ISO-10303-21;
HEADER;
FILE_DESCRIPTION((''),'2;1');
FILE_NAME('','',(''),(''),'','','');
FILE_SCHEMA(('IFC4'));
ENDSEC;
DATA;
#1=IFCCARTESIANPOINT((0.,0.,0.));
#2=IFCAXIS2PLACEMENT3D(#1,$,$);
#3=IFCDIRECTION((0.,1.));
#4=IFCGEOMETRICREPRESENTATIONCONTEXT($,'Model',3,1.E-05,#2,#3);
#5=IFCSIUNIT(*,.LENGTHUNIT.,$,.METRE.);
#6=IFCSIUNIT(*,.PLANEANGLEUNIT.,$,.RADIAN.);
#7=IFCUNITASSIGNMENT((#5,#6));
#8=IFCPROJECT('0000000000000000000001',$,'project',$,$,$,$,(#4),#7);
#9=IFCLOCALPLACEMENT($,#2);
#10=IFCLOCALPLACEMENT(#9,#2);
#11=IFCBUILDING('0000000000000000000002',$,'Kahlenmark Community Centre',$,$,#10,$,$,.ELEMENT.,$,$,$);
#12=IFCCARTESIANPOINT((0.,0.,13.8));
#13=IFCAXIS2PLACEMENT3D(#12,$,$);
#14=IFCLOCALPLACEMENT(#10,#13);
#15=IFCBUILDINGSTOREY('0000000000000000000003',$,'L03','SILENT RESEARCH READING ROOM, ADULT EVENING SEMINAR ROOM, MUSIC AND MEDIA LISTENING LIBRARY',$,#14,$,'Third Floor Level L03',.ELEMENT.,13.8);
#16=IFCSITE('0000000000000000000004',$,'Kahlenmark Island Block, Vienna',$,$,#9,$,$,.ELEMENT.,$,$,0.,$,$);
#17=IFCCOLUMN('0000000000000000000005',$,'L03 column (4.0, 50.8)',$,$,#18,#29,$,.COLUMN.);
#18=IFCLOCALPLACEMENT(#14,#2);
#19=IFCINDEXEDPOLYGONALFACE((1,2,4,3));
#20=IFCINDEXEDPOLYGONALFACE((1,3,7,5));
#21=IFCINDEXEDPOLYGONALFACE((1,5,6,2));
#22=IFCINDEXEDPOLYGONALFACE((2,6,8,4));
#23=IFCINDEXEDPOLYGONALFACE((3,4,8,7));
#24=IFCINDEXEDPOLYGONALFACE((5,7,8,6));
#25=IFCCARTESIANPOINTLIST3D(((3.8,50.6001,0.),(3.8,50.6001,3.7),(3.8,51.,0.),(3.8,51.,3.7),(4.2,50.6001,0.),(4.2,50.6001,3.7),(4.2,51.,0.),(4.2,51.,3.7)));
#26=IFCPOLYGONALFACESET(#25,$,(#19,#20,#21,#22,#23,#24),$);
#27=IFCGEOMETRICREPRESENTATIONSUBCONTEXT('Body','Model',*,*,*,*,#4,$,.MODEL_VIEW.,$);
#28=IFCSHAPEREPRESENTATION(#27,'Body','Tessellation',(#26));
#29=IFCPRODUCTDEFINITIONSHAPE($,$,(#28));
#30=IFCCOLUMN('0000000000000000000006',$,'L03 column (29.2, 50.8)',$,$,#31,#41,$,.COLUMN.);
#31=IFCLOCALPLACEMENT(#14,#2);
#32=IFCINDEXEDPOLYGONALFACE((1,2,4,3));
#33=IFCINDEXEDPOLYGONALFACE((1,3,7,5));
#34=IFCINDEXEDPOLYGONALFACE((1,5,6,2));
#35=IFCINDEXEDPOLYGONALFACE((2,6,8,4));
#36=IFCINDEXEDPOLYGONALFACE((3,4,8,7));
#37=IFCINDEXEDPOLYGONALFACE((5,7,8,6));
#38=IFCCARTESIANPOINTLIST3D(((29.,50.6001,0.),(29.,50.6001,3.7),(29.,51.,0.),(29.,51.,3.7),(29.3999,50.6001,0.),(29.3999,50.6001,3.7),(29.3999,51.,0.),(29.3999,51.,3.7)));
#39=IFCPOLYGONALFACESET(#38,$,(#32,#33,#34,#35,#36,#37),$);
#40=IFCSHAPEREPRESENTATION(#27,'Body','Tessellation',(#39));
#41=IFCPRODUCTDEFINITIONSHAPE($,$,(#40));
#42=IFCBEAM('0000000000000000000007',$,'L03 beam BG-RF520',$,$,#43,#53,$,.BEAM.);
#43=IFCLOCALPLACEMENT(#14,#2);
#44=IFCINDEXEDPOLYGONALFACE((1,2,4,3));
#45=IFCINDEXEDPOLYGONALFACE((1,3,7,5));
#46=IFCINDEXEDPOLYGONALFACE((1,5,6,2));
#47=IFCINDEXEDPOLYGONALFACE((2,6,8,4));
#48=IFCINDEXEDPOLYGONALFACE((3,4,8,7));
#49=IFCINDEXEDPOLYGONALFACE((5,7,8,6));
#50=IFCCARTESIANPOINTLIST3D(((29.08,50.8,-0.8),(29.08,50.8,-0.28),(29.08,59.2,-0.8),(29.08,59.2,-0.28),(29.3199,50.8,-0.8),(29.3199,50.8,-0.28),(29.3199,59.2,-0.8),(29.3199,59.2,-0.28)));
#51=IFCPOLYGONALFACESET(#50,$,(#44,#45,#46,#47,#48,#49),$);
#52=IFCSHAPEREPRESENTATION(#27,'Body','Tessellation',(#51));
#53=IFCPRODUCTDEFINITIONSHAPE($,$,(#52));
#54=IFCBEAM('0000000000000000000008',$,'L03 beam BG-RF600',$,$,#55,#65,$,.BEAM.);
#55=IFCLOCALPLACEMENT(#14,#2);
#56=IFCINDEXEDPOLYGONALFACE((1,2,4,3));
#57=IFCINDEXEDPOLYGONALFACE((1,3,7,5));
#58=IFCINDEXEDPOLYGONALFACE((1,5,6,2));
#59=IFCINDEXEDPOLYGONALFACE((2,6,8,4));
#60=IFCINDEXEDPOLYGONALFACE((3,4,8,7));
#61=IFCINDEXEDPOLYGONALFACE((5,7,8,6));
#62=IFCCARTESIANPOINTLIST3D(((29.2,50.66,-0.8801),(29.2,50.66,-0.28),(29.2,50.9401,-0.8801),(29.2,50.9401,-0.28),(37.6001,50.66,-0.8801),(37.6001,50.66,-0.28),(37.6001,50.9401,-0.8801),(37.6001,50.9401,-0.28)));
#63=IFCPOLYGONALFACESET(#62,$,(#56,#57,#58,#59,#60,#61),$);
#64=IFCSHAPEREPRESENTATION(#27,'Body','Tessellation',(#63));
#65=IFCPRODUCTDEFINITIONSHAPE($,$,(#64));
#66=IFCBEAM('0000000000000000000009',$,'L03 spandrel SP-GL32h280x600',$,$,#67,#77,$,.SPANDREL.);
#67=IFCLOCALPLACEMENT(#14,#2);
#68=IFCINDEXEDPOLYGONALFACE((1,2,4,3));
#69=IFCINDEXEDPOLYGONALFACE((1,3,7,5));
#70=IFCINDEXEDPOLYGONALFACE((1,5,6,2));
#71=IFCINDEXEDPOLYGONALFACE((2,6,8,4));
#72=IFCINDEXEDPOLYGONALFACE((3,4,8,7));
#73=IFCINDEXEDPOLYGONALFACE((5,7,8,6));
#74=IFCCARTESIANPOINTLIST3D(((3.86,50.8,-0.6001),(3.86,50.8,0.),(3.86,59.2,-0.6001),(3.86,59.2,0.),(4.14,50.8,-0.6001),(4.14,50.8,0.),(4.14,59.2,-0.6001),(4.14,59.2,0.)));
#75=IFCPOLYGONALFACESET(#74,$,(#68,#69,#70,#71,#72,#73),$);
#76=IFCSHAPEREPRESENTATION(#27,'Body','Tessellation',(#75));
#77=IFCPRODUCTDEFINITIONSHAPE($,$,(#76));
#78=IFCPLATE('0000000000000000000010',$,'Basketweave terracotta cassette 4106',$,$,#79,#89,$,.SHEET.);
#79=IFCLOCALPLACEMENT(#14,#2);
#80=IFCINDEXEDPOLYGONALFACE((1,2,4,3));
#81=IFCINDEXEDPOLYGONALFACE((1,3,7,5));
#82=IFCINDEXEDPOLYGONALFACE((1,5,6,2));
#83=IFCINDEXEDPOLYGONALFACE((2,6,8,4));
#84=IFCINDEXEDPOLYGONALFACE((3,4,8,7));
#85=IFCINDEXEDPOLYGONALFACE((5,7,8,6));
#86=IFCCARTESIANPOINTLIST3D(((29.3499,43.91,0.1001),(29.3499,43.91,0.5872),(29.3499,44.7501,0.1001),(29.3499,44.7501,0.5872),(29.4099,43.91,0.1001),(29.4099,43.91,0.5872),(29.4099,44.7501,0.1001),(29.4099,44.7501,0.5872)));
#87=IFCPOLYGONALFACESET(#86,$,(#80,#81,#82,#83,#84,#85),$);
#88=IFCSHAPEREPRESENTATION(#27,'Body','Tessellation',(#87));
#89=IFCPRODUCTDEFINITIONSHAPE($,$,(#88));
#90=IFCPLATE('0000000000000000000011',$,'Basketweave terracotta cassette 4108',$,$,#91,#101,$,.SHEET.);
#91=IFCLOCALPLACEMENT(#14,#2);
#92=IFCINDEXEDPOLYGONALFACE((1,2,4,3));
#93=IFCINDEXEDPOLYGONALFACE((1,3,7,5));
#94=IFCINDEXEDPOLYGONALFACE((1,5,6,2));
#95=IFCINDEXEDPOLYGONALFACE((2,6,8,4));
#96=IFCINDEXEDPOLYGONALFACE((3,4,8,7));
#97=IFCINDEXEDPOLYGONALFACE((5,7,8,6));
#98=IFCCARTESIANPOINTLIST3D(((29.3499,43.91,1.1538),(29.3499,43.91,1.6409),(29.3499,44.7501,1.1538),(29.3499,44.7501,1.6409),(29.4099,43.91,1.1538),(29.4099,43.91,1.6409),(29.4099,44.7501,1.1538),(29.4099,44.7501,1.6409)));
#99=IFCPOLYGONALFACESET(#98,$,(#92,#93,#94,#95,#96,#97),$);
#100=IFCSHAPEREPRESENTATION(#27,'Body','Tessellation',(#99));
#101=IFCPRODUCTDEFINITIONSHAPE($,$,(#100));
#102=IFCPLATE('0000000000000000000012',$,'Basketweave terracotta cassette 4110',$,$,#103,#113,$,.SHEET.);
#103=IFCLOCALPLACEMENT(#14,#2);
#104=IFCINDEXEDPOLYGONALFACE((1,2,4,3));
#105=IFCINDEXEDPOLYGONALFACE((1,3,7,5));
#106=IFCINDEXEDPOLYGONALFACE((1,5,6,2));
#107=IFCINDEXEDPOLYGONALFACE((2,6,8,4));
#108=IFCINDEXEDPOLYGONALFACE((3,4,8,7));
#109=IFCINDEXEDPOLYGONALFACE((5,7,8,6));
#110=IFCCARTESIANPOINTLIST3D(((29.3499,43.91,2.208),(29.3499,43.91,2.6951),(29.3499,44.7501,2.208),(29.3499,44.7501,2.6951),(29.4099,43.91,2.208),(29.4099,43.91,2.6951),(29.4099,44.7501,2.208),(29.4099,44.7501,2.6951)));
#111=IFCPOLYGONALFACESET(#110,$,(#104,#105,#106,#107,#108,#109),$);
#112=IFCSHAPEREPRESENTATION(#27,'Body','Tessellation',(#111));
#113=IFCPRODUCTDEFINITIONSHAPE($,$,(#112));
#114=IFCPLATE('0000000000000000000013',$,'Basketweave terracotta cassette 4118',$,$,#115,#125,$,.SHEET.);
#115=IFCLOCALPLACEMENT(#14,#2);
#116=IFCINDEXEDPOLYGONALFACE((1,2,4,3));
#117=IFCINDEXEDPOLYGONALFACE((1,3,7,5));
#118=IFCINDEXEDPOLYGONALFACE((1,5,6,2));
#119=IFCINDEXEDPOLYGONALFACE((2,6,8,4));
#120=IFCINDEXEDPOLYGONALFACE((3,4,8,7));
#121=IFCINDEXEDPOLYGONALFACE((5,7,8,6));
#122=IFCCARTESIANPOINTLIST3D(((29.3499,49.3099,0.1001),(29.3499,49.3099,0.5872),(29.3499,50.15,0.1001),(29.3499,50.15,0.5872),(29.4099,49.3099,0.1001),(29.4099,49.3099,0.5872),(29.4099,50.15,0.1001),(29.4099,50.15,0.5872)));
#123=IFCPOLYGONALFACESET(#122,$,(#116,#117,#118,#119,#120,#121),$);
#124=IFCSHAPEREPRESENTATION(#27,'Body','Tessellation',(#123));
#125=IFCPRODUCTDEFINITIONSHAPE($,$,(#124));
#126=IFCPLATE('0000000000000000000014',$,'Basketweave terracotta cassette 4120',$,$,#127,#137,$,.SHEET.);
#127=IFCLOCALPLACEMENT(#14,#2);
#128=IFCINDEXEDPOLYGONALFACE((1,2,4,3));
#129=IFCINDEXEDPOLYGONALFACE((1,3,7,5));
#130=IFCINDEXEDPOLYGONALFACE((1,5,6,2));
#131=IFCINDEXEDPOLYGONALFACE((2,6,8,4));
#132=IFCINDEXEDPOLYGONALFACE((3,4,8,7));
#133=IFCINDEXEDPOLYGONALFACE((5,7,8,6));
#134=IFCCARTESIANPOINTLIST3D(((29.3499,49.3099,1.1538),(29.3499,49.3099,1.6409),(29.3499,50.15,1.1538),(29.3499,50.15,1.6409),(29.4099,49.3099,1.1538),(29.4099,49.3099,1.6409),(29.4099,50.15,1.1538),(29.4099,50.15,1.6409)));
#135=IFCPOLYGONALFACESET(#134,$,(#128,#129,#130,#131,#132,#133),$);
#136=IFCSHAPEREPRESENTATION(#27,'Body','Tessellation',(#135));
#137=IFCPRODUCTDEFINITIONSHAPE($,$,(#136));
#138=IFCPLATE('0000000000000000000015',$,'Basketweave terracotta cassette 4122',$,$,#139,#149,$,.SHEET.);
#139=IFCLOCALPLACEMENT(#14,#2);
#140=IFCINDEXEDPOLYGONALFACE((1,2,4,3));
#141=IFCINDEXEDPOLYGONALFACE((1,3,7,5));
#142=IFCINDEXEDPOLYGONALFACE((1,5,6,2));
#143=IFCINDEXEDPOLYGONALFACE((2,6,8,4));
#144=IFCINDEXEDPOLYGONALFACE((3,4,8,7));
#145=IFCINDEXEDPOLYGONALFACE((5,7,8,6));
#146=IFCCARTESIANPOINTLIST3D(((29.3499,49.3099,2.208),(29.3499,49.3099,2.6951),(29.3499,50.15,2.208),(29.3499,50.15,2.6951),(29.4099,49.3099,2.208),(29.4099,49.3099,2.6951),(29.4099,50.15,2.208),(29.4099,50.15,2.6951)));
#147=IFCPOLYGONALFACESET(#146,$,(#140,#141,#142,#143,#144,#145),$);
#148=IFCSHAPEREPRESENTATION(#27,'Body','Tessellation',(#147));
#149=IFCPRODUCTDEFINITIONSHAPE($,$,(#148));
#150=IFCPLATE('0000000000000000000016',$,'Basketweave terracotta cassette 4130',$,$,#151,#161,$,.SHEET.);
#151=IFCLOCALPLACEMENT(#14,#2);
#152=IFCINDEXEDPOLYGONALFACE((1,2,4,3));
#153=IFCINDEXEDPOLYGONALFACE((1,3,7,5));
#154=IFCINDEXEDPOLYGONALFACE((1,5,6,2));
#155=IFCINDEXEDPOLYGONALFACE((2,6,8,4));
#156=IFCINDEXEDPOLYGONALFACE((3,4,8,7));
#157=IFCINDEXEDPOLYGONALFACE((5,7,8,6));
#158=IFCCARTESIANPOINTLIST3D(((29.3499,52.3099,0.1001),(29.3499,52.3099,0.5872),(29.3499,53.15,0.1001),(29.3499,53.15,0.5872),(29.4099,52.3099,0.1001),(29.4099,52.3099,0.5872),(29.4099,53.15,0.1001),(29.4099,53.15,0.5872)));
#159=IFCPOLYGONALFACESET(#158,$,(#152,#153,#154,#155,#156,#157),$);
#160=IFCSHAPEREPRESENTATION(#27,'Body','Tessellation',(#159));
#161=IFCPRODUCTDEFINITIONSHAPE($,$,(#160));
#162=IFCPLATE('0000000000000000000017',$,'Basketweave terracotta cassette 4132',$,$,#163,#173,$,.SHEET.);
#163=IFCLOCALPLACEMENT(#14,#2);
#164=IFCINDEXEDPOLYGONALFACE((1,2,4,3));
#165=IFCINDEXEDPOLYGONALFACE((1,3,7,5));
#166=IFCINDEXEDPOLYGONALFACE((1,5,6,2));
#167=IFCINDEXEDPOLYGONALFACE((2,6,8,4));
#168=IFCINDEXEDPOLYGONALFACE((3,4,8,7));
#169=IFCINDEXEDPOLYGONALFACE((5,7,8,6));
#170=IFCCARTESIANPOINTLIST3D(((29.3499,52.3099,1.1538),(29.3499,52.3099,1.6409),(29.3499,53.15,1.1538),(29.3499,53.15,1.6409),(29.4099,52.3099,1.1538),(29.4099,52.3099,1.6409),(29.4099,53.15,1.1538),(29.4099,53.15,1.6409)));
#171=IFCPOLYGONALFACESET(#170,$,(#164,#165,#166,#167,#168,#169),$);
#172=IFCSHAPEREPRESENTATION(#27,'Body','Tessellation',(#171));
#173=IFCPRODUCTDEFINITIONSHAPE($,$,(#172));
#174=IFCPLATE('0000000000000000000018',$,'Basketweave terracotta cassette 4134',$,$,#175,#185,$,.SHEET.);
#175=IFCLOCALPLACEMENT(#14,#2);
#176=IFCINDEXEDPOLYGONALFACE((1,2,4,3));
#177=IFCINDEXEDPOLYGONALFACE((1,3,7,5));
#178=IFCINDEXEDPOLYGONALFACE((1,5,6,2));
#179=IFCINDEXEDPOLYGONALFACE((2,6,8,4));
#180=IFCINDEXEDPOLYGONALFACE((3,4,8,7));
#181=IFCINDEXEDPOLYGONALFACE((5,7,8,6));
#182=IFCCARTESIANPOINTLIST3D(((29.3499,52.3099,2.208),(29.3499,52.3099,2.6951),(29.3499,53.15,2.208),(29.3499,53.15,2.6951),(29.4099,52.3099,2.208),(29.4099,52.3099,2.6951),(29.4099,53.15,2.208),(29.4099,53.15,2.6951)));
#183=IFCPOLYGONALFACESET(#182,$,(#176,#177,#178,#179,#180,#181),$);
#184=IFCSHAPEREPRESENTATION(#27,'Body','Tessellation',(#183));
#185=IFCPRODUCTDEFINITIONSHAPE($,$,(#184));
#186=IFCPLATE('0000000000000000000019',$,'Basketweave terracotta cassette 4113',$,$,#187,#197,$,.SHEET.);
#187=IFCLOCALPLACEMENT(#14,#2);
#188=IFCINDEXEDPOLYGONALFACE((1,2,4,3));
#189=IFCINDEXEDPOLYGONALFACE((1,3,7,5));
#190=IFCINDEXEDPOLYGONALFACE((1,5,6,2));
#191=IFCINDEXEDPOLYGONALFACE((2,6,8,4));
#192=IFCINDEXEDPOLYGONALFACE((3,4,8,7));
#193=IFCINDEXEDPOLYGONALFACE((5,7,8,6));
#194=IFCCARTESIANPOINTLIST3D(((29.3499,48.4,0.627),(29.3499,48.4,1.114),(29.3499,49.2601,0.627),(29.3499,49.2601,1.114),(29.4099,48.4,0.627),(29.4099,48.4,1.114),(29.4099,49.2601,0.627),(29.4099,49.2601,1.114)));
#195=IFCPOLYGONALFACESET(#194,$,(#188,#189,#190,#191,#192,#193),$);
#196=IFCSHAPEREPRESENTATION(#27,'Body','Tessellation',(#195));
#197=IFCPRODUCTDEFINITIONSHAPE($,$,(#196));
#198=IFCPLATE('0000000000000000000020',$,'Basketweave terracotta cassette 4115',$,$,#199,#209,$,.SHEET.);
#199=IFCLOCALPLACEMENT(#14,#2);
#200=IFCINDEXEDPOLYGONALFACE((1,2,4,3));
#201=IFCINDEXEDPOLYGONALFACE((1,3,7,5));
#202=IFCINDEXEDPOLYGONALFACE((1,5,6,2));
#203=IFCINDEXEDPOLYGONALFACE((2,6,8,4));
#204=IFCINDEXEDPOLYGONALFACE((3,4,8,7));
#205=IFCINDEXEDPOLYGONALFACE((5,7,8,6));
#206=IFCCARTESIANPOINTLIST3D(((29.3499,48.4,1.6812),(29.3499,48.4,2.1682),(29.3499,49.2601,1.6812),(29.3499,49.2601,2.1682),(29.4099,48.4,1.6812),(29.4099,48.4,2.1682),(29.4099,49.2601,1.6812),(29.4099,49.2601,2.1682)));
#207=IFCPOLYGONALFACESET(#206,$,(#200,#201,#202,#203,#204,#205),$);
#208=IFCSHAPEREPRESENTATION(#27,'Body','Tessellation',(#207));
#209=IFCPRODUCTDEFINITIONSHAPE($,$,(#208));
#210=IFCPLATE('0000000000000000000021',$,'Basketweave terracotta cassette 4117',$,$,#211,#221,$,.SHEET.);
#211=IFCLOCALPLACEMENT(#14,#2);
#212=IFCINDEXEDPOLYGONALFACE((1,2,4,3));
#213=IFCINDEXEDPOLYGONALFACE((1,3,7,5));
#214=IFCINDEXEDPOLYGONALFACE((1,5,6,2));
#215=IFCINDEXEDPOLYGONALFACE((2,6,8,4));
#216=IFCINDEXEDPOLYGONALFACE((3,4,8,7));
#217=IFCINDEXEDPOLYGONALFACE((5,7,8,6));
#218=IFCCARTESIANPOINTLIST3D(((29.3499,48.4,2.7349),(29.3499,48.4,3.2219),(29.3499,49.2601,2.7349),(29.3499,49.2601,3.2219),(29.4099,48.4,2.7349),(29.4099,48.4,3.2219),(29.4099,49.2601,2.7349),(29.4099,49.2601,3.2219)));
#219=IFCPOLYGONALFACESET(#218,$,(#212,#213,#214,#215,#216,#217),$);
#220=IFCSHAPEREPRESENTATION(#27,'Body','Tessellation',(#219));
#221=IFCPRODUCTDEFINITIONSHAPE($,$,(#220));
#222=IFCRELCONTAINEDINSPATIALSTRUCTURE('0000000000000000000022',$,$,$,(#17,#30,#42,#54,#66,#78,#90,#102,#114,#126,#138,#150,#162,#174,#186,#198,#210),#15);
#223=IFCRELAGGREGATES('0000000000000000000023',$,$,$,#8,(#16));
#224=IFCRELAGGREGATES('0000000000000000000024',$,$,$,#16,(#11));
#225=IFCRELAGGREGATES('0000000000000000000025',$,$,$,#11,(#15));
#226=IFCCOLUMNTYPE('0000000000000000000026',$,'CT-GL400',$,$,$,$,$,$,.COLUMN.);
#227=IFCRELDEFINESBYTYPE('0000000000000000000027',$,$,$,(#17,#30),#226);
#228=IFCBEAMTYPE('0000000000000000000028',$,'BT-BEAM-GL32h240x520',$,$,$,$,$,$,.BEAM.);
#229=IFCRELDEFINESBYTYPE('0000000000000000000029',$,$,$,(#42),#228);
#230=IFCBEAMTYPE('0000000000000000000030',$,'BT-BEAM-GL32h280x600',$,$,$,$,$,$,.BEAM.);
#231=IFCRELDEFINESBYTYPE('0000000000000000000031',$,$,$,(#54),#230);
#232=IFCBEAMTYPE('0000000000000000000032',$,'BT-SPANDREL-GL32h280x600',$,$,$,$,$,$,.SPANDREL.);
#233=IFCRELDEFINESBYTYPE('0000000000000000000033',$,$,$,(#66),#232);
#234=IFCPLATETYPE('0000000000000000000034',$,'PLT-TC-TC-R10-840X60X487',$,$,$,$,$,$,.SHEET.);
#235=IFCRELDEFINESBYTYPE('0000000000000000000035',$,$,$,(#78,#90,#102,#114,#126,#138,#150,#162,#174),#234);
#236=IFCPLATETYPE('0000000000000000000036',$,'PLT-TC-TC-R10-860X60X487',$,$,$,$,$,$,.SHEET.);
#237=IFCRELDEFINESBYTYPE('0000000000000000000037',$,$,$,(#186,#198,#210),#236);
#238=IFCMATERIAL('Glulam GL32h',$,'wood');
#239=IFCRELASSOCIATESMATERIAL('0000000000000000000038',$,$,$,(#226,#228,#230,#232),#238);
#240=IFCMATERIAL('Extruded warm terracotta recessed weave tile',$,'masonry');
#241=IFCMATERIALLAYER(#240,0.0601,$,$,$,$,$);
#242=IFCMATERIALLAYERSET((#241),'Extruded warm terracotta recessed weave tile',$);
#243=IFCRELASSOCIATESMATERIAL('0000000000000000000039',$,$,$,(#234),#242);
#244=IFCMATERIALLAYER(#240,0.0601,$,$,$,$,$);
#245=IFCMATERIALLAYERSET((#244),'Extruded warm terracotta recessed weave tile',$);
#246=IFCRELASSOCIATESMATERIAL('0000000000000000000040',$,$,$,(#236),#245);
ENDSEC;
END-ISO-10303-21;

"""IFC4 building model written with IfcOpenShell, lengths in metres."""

from ifc_helpers import new_model, si_unit, direction, frame, origin, origin_2d, place, context, subcontext, project, spatial, rectangle, extrude, material, layer, layer_set, material_profile, profile_set, type_object, element, save


model = new_model("IFC4")

# Units and contexts
model_context = context("Model", 3, precision=1e-05, world=origin(), true_north=direction((0.0, 1.0)))
body_context = subcontext(model_context, "Body", "Model", "MODEL_VIEW")
ifc_project = project(units=[si_unit("LENGTHUNIT", "METRE"), si_unit("PLANEANGLEUNIT", "RADIAN")], contexts=[model_context])

# Site, building, storey
site_placement = place(None, origin())
site = spatial("IfcSite", under=ifc_project, at=site_placement, Name="Kahlenmark Island Block, Vienna", CompositionType="ELEMENT", RefElevation=0.0)
building_placement = place(site_placement, origin())
building = spatial("IfcBuilding", under=site, at=building_placement, Name="Kahlenmark Community Centre", CompositionType="ELEMENT")
storey_placement = place(building_placement, frame((0.0, 0.0, 13.8)))
storey = spatial("IfcBuildingStorey", under=building, at=storey_placement, Name="L03", Description="SILENT RESEARCH READING ROOM, ADULT EVENING SEMINAR ROOM, MUSIC AND MEDIA LISTENING LIBRARY", LongName="Third Floor Level L03", CompositionType="ELEMENT", Elevation=13.8)

# Columns
ifc_material_1 = material(Name="Glulam GL32h", Category="wood")
ifc_material_profile_1 = material_profile(ifc_material_1, rectangle(XDim=0.3999, YDim=0.3999, at=origin_2d()), Name="GL32h 400x400")
ifc_profile_set_1 = profile_set([ifc_material_profile_1], Name="Glulam GL32h")
column_type = type_object("IfcColumnType", Name="CT-GL400", PredefinedType="COLUMN", material=ifc_profile_set_1)
for number, where, z_axis, x_axis, name in (
    (1, (4.0, 50.8, 0.0), (0.0, 0.0, 1.0), (1.0, 0.0, 0.0), "L03 column (4.0, 50.8)"),
    (2, (29.2, 50.8, 0.0), (0.0, 0.0, 1.0), (1.0, 0.0, 0.0), "L03 column (29.2, 50.8)"),
):
    element("IfcColumn", number, at=place(storey_placement, frame(where, z_axis=z_axis, x_axis=x_axis)), inside=storey, type_object=column_type, Name=name, PredefinedType="COLUMN", context=body_context, shape_type="SweptSolid", body=[
        extrude(rectangle(XDim=0.3999, YDim=0.3999, at=origin_2d()), origin(), (0.0, 0.0, 1.0), 3.7),
    ])

# Beams
ifc_material_profile_2 = material_profile(ifc_material_1, rectangle(XDim=0.24, YDim=0.52, at=origin_2d()), Name="GL32h 240x520")
ifc_profile_set_2 = profile_set([ifc_material_profile_2], Name="Glulam GL32h")
beam_type_1 = type_object("IfcBeamType", Name="BT-BEAM-GL32h240x520", PredefinedType="BEAM", material=ifc_profile_set_2)
beam_1_placement = place(storey_placement, frame((29.2, 50.8, -0.54), z_axis=(0.0, 1.0, 0.0), x_axis=(-1.0, 0.0, 0.0)))
element("IfcBeam", 3, at=beam_1_placement, inside=storey, type_object=beam_type_1, Name="L03 beam BG-RF520", PredefinedType="BEAM", context=body_context, shape_type="SweptSolid", body=[
    extrude(rectangle(XDim=0.24, YDim=0.52, at=origin_2d()), origin(), (0.0, 0.0, 1.0), 8.3999),
])
ifc_material_profile_3 = material_profile(ifc_material_1, rectangle(XDim=0.28, YDim=0.6001, at=origin_2d()), Name="GL32h 280x600")
ifc_profile_set_3 = profile_set([ifc_material_profile_3], Name="Glulam GL32h")
beam_type_2 = type_object("IfcBeamType", Name="BT-BEAM-GL32h280x600", PredefinedType="BEAM", material=ifc_profile_set_3)
beam_2_placement = place(storey_placement, frame((29.2, 50.8, -0.5801), z_axis=(1.0, 0.0, 0.0), x_axis=(0.0, 1.0, 0.0)))
element("IfcBeam", 4, at=beam_2_placement, inside=storey, type_object=beam_type_2, Name="L03 beam BG-RF600", PredefinedType="BEAM", context=body_context, shape_type="SweptSolid", body=[
    extrude(rectangle(XDim=0.28, YDim=0.6001, at=origin_2d()), origin(), (0.0, 0.0, 1.0), 8.4001),
])
ifc_material_profile_4 = material_profile(ifc_material_1, rectangle(XDim=0.28, YDim=0.6001, at=origin_2d()), Name="GL32h 280x600")
ifc_profile_set_4 = profile_set([ifc_material_profile_4], Name="Glulam GL32h")
beam_type_3 = type_object("IfcBeamType", Name="BT-SPANDREL-GL32h280x600", PredefinedType="SPANDREL", material=ifc_profile_set_4)
beam_3_placement = place(storey_placement, frame((4.0, 50.8, -0.3), z_axis=(0.0, 1.0, 0.0), x_axis=(-1.0, 0.0, 0.0)))
element("IfcBeam", 5, at=beam_3_placement, inside=storey, type_object=beam_type_3, Name="L03 spandrel SP-GL32h280x600", PredefinedType="SPANDREL", context=body_context, shape_type="SweptSolid", body=[
    extrude(rectangle(XDim=0.28, YDim=0.6001, at=origin_2d()), origin(), (0.0, 0.0, 1.0), 8.3999),
])

# Plates
ifc_material_2 = material(Name="Extruded warm terracotta recessed weave tile", Category="masonry")
ifc_layer_1 = layer(ifc_material_2, 0.0601)
ifc_layer_set_1 = layer_set([ifc_layer_1], Name="Extruded warm terracotta recessed weave tile")
plate_type_1 = type_object("IfcPlateType", Name="PLT-TC-TC-R10-840X60X487", PredefinedType="SHEET", material=ifc_layer_set_1)
for number, where, z_axis, x_axis, name in (
    (6, (29.3799, 44.3301, 0.1001), (0.0, 0.0, 1.0), (0.0, 1.0, 0.0), "Basketweave terracotta cassette 4106"),
    (7, (29.3799, 44.3301, 1.1538), (0.0, 0.0, 1.0), (0.0, 1.0, 0.0), "Basketweave terracotta cassette 4108"),
    (8, (29.3799, 44.3301, 2.208), (0.0, 0.0, 1.0), (0.0, 1.0, 0.0), "Basketweave terracotta cassette 4110"),
    (9, (29.3799, 49.73, 0.1001), (0.0, 0.0, 1.0), (0.0, 1.0, 0.0), "Basketweave terracotta cassette 4118"),
    (10, (29.3799, 49.73, 1.1538), (0.0, 0.0, 1.0), (0.0, 1.0, 0.0), "Basketweave terracotta cassette 4120"),
    (11, (29.3799, 49.73, 2.208), (0.0, 0.0, 1.0), (0.0, 1.0, 0.0), "Basketweave terracotta cassette 4122"),
    (12, (29.3799, 52.73, 0.1001), (0.0, 0.0, 1.0), (0.0, 1.0, 0.0), "Basketweave terracotta cassette 4130"),
    (13, (29.3799, 52.73, 1.1538), (0.0, 0.0, 1.0), (0.0, 1.0, 0.0), "Basketweave terracotta cassette 4132"),
    (14, (29.3799, 52.73, 2.208), (0.0, 0.0, 1.0), (0.0, 1.0, 0.0), "Basketweave terracotta cassette 4134"),
):
    element("IfcPlate", number, at=place(storey_placement, frame(where, z_axis=z_axis, x_axis=x_axis)), inside=storey, type_object=plate_type_1, Name=name, PredefinedType="SHEET", context=body_context, shape_type="SweptSolid", body=[
        extrude(rectangle(XDim=0.8401, YDim=0.0601, at=origin_2d()), origin(), (0.0, 0.0, 1.0), 0.4871),
    ])
ifc_layer_2 = layer(ifc_material_2, 0.0601)
ifc_layer_set_2 = layer_set([ifc_layer_2], Name="Extruded warm terracotta recessed weave tile")
plate_type_2 = type_object("IfcPlateType", Name="PLT-TC-TC-R10-860X60X487", PredefinedType="SHEET", material=ifc_layer_set_2)
for number, where, z_axis, x_axis, name in (
    (15, (29.3799, 48.8301, 0.627), (0.0, 0.0, 1.0), (0.0, 1.0, 0.0), "Basketweave terracotta cassette 4113"),
    (16, (29.3799, 48.8301, 1.6812), (0.0, 0.0, 1.0), (0.0, 1.0, 0.0), "Basketweave terracotta cassette 4115"),
    (17, (29.3799, 48.8301, 2.7349), (0.0, 0.0, 1.0), (0.0, 1.0, 0.0), "Basketweave terracotta cassette 4117"),
):
    element("IfcPlate", number, at=place(storey_placement, frame(where, z_axis=z_axis, x_axis=x_axis)), inside=storey, type_object=plate_type_2, Name=name, PredefinedType="SHEET", context=body_context, shape_type="SweptSolid", body=[
        extrude(rectangle(XDim=0.8601, YDim=0.0601, at=origin_2d()), origin(), (0.0, 0.0, 1.0), 0.4871),
    ])

save(model, "model.ifc")
